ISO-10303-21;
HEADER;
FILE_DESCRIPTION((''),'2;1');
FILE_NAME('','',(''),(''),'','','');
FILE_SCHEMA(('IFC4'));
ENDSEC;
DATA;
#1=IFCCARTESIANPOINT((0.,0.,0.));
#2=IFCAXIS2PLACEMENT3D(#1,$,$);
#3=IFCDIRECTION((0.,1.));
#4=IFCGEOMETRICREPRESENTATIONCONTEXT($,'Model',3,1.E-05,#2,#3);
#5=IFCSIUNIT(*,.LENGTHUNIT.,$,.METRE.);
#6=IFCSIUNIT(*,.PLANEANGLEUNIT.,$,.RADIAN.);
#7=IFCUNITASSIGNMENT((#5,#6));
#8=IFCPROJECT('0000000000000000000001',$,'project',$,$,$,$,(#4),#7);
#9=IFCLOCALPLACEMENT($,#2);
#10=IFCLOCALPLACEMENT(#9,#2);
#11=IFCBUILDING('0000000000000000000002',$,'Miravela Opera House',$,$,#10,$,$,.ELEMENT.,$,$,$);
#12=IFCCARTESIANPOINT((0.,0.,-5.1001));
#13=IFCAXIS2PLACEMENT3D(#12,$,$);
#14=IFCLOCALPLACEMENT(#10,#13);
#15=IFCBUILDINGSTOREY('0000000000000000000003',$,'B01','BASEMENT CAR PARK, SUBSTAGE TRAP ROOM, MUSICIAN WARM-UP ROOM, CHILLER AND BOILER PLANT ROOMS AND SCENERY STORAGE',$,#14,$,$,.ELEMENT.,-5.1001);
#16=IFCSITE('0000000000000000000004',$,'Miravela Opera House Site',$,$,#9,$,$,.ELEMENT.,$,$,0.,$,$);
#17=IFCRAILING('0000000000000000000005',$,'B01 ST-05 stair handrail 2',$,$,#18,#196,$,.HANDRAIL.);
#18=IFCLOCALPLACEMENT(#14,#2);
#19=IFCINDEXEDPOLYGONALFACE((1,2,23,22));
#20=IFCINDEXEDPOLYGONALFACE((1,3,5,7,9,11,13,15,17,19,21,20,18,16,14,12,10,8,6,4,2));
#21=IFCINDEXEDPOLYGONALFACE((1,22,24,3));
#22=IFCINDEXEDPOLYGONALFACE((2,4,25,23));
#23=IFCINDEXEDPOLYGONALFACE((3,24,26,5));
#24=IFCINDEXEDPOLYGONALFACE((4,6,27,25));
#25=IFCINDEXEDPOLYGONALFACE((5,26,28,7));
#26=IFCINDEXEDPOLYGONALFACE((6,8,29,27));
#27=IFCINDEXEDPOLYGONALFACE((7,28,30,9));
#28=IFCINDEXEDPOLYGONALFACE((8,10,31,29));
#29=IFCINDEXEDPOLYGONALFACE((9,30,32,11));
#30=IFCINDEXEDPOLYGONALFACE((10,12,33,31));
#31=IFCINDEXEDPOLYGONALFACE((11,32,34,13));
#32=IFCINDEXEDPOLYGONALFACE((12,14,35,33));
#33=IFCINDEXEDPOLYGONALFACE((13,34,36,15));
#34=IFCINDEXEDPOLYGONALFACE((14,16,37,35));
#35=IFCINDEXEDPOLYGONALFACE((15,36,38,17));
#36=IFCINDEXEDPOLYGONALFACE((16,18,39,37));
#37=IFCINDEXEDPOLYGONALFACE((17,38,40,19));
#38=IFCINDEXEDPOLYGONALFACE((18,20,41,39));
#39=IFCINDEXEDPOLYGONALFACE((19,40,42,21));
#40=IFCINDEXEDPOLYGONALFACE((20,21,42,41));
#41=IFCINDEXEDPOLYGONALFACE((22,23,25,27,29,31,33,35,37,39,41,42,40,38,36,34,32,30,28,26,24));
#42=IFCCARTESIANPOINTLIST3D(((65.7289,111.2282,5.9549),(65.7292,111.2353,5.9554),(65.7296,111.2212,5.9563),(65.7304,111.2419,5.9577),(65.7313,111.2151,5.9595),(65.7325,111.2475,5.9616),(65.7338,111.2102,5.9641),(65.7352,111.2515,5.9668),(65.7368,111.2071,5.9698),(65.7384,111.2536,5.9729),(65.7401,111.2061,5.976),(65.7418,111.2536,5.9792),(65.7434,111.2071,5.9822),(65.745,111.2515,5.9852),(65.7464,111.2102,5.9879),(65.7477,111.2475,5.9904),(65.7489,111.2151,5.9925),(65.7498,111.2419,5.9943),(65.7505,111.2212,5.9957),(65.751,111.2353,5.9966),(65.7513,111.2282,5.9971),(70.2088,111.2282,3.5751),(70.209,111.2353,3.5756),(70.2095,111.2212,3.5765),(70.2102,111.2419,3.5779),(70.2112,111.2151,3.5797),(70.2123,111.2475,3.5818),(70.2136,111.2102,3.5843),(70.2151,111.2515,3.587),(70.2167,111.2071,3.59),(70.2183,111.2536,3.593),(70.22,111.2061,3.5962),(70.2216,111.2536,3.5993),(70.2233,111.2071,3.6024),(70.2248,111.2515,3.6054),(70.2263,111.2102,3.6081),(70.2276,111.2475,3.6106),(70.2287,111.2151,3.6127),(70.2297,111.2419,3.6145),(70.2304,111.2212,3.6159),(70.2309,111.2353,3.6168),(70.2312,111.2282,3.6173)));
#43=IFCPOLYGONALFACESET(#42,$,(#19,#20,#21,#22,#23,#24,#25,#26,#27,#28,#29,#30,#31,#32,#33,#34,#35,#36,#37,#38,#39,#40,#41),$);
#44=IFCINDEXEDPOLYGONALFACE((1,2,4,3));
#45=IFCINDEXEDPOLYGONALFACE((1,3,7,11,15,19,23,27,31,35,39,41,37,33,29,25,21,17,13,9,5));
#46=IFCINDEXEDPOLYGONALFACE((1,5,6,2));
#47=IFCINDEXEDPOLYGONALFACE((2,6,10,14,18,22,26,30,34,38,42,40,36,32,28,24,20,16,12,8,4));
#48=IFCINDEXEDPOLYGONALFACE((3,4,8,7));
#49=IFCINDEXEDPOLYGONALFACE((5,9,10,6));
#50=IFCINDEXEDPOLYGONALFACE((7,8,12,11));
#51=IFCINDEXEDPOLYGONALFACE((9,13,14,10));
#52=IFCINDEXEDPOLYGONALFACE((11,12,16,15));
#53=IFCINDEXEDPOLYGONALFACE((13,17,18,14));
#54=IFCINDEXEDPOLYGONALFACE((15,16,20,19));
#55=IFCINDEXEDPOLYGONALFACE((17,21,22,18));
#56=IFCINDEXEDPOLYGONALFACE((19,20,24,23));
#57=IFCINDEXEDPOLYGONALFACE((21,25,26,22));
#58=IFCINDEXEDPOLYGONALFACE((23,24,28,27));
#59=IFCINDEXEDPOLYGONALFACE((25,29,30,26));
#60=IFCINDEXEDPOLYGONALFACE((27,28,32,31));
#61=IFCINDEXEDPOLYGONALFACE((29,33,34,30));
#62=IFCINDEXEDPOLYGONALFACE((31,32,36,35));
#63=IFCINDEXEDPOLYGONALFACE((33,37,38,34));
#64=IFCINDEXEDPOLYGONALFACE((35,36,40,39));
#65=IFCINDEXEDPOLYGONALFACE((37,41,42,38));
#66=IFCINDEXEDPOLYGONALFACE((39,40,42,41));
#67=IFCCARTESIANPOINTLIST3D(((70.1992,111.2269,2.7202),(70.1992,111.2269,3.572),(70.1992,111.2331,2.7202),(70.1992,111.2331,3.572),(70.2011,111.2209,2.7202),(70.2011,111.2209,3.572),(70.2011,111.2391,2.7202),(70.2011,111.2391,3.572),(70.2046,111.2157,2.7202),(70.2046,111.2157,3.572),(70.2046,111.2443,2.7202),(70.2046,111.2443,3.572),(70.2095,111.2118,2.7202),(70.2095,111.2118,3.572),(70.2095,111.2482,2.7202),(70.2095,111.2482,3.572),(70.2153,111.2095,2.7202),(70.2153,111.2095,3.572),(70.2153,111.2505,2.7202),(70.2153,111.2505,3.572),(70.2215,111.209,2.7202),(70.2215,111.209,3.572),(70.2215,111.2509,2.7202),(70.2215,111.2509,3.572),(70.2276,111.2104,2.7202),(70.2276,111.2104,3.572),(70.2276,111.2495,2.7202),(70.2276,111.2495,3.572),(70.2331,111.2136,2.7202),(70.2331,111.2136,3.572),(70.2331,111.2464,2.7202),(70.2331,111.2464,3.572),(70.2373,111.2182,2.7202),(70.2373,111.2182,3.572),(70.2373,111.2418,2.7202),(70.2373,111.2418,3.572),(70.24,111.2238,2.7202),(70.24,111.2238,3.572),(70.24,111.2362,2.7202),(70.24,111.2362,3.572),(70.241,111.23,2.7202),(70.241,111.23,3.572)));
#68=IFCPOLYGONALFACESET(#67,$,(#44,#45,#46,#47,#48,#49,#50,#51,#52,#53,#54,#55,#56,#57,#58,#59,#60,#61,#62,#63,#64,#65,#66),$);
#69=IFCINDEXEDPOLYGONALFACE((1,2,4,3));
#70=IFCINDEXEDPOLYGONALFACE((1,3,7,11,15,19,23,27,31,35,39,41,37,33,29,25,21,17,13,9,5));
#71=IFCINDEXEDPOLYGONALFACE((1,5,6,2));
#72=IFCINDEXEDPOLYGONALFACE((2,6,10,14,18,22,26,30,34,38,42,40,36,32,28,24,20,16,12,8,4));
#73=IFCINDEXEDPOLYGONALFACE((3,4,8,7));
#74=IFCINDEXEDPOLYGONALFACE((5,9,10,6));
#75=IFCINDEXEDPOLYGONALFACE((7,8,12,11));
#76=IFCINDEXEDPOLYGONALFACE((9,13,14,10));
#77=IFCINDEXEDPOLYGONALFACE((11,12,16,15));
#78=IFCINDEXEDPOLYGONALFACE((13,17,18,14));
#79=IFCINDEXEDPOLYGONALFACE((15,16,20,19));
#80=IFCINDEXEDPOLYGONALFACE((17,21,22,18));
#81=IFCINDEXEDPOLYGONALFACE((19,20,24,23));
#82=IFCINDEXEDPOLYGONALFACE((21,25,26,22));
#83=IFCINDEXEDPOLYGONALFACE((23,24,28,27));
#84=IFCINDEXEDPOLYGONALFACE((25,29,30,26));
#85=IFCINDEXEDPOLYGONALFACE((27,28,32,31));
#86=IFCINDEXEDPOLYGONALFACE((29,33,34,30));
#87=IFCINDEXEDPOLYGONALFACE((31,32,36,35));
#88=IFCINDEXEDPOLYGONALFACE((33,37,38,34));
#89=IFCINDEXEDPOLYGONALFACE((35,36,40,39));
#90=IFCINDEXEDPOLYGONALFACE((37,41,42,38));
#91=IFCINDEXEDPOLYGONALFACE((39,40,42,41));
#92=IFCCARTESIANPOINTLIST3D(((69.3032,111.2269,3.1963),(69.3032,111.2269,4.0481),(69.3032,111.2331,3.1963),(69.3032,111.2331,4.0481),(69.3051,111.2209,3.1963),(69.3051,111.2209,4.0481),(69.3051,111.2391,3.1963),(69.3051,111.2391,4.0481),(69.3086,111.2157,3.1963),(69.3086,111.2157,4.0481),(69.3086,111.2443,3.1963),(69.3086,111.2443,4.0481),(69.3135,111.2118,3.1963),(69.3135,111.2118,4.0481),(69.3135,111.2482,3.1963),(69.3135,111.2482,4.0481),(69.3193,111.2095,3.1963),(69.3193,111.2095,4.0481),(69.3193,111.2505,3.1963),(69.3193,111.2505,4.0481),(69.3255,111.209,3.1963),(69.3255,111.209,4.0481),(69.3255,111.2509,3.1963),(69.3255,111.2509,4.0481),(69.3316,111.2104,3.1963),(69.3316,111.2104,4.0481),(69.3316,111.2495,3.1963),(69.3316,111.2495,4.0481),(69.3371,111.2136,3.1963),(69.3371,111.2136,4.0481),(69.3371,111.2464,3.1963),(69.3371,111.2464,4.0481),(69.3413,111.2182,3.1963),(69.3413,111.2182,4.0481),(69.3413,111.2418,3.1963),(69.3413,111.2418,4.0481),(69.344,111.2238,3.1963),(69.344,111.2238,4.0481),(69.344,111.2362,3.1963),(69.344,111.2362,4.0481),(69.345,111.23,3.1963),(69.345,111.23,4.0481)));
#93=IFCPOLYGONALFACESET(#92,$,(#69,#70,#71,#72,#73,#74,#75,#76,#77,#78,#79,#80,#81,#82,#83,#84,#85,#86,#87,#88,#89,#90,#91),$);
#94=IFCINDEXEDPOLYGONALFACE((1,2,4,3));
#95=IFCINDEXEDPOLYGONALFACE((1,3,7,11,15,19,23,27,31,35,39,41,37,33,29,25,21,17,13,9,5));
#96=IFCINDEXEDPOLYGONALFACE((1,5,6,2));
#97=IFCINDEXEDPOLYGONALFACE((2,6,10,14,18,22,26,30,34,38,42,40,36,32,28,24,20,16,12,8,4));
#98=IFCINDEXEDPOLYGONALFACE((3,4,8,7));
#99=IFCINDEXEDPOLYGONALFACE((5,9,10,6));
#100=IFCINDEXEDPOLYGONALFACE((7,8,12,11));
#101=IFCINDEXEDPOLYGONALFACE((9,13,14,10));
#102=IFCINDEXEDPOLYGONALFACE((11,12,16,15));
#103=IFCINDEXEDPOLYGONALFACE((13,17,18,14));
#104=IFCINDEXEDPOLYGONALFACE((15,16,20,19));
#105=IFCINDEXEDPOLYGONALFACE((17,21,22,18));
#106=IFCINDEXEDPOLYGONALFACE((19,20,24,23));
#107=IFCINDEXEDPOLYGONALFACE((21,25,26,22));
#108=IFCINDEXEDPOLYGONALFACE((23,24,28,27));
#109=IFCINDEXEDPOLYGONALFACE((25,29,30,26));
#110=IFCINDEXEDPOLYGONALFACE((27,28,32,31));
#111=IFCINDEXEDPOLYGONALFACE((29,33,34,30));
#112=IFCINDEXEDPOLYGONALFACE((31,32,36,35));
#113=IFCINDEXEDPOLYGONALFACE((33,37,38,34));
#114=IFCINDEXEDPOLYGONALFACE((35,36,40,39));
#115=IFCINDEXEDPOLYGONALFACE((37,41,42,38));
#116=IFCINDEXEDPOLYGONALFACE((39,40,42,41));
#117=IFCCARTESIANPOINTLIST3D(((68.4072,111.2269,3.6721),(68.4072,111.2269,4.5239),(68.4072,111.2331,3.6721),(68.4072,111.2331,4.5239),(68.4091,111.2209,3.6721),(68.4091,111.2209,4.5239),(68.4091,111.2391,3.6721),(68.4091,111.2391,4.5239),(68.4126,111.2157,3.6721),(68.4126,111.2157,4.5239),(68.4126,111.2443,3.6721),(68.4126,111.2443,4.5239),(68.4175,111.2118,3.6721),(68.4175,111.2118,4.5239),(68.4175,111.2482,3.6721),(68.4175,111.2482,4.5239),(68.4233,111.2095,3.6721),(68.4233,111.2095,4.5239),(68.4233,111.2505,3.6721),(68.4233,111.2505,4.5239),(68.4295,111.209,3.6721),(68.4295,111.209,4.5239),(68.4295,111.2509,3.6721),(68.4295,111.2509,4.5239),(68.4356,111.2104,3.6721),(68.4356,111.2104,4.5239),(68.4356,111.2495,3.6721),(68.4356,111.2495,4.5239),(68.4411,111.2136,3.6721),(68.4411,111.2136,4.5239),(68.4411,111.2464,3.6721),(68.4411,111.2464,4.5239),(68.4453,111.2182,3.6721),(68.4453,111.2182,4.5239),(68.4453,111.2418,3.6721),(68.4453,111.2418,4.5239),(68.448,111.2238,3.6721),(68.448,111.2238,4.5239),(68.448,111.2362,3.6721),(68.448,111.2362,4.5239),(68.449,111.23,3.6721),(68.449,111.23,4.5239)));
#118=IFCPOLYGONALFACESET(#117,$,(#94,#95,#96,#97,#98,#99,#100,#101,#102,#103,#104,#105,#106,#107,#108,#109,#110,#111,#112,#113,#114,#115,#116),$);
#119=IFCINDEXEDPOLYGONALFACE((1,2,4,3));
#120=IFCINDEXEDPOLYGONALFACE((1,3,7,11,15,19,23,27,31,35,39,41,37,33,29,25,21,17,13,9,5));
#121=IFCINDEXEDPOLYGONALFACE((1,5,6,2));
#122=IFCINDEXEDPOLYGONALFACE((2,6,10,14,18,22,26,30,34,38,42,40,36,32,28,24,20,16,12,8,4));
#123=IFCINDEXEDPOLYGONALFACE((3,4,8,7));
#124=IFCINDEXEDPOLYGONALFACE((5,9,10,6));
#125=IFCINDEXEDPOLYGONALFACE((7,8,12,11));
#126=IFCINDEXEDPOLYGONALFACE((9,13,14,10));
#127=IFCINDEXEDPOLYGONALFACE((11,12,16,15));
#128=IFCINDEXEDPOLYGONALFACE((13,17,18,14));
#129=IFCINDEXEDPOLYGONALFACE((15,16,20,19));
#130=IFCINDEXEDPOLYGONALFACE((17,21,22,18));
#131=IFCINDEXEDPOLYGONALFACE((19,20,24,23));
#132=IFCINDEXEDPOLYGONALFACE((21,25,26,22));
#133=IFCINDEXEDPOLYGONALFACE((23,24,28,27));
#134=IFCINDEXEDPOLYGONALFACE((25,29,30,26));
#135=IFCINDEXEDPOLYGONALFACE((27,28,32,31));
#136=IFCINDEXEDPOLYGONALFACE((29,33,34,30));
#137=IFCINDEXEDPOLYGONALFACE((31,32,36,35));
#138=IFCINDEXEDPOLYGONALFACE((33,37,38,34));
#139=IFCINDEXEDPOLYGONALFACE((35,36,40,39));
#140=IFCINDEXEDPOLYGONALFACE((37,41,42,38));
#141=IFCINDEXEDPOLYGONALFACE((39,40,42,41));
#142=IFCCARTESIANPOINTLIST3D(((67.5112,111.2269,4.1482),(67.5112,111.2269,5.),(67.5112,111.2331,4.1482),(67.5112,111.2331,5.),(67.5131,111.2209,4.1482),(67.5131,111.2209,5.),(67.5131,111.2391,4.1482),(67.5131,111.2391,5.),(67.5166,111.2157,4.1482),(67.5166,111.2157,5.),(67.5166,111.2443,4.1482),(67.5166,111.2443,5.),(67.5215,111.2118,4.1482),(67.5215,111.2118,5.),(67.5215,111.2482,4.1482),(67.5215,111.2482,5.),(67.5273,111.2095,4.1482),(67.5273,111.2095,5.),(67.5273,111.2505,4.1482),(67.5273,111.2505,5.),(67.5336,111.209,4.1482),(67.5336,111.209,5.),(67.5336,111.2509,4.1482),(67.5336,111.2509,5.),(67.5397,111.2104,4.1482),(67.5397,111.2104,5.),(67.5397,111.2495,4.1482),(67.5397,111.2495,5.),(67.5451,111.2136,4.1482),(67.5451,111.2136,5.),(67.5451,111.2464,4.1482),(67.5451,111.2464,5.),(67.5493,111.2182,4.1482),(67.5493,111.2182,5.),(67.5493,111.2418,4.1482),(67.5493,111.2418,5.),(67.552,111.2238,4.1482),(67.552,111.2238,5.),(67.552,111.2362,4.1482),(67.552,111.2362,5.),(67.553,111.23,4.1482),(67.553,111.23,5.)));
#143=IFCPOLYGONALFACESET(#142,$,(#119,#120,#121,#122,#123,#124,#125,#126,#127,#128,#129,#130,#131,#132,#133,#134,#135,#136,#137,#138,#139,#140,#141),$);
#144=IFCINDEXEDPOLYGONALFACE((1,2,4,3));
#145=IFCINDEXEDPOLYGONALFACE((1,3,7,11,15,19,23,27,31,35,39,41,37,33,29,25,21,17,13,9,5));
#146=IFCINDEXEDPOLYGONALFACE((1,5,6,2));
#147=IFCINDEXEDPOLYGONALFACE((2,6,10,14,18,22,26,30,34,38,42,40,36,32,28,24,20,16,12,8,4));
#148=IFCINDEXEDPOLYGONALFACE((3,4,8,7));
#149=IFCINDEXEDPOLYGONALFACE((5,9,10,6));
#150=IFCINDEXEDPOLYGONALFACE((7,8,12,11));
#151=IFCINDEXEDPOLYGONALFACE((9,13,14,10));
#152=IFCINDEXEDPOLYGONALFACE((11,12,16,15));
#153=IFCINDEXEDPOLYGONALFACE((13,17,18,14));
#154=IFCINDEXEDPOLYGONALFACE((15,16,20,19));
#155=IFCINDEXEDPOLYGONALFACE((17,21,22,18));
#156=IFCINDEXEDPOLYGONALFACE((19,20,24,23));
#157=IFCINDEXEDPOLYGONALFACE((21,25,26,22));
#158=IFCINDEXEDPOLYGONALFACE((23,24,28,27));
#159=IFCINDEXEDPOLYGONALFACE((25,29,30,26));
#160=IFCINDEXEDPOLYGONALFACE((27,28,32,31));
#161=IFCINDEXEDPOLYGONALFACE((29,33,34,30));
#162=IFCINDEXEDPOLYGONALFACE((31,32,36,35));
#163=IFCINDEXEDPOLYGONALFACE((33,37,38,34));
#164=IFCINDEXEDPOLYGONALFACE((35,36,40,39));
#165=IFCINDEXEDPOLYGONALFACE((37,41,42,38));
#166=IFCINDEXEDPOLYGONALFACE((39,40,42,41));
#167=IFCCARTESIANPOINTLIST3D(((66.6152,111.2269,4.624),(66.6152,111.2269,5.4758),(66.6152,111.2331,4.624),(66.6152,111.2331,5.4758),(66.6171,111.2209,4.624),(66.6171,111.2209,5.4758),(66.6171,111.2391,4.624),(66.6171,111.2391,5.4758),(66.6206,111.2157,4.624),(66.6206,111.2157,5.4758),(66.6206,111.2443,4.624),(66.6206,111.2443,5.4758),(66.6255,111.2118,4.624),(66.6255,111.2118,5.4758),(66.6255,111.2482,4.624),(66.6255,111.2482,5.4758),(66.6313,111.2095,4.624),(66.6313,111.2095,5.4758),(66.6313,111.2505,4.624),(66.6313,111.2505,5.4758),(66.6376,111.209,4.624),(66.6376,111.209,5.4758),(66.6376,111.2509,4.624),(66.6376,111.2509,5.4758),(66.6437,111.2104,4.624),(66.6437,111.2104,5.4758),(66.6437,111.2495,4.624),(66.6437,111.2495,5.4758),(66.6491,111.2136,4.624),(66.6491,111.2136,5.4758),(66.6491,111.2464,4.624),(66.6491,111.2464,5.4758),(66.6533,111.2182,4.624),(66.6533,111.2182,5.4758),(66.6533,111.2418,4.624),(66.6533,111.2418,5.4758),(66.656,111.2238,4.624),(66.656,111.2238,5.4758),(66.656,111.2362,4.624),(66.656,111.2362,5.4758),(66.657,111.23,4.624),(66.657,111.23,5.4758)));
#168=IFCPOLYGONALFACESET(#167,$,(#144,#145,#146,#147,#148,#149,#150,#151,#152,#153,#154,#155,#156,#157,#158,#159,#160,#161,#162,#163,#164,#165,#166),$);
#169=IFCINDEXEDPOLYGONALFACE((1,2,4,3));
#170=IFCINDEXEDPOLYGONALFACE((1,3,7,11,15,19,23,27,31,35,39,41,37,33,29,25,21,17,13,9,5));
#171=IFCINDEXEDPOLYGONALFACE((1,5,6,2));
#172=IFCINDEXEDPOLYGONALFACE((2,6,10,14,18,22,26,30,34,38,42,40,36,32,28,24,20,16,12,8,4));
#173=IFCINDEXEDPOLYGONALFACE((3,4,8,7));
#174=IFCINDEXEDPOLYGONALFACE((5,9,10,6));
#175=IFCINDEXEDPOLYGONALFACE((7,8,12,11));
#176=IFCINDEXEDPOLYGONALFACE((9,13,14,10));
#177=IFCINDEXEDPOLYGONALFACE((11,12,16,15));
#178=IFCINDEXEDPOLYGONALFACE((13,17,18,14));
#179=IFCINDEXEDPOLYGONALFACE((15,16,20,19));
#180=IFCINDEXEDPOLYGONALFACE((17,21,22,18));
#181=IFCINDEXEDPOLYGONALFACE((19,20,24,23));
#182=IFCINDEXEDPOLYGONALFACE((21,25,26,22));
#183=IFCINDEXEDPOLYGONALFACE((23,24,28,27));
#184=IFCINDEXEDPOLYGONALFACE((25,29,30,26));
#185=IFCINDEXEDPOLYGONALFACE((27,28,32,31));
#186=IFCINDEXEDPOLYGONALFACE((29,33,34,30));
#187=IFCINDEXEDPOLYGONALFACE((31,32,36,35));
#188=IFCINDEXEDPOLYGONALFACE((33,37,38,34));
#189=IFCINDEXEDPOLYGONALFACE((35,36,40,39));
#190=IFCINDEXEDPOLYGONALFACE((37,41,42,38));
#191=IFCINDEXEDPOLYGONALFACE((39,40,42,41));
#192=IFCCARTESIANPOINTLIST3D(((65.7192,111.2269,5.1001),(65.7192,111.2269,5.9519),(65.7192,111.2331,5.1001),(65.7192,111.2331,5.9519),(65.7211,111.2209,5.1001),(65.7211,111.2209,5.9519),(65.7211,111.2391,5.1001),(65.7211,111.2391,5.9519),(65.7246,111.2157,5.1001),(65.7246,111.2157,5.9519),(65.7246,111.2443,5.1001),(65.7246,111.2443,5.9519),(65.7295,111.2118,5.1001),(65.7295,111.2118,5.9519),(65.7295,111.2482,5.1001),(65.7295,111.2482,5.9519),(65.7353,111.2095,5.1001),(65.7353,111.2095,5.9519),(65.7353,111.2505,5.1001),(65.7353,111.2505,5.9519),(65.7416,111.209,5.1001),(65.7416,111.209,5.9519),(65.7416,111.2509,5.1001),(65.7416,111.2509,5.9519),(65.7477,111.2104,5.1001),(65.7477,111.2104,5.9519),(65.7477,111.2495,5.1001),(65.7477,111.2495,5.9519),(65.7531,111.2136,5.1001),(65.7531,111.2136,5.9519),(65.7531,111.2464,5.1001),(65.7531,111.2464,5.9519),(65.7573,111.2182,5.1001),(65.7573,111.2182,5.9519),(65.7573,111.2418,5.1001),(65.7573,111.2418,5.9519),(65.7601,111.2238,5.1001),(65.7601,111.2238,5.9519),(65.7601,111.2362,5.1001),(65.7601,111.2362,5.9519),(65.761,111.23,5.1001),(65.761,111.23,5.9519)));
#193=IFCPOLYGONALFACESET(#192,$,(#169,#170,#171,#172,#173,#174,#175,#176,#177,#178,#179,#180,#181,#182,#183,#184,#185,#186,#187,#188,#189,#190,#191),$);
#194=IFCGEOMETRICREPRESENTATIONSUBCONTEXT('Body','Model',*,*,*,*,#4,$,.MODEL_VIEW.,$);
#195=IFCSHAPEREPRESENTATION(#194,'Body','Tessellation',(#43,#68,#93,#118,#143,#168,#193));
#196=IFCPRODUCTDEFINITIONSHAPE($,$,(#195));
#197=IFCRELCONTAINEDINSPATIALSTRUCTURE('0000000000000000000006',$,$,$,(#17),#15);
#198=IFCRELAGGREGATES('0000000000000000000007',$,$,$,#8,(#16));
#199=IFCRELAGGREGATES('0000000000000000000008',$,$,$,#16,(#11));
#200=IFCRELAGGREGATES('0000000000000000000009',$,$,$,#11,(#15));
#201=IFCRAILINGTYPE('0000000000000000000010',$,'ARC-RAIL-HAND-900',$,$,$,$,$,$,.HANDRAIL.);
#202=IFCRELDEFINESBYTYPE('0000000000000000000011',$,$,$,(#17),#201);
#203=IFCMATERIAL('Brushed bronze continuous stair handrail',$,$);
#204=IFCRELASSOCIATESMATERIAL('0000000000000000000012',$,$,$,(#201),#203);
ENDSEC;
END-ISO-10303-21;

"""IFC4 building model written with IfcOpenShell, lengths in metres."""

from ifc_helpers import new_model, si_unit, direction, frame, origin, origin_2d, place, context, subcontext, project, spatial, circle, extrude, material, type_object, element, save


model = new_model("IFC4")

# Units and contexts
model_context = context("Model", 3, precision=1e-05, world=origin(), true_north=direction((0.0, 1.0)))
body_context = subcontext(model_context, "Body", "Model", "MODEL_VIEW")
ifc_project = project(units=[si_unit("LENGTHUNIT", "METRE"), si_unit("PLANEANGLEUNIT", "RADIAN")], contexts=[model_context])

# Site, building, storey
site_placement = place(None, origin())
site = spatial("IfcSite", under=ifc_project, at=site_placement, Name="Miravela Opera House Site", CompositionType="ELEMENT", RefElevation=0.0)
building_placement = place(site_placement, origin())
building = spatial("IfcBuilding", under=site, at=building_placement, Name="Miravela Opera House", CompositionType="ELEMENT")
storey_placement = place(building_placement, frame((0.0, 0.0, -5.1001)))
storey = spatial("IfcBuildingStorey", under=building, at=storey_placement, Name="B01", Description="BASEMENT CAR PARK, SUBSTAGE TRAP ROOM, MUSICIAN WARM-UP ROOM, CHILLER AND BOILER PLANT ROOMS AND SCENERY STORAGE", CompositionType="ELEMENT", Elevation=-5.1001)

# Railing
ifc_material_1 = material(Name="Brushed bronze continuous stair handrail")
railing_type_1 = type_object("IfcRailingType", Name="ARC-RAIL-HAND-900", PredefinedType="HANDRAIL", material=ifc_material_1)
railing_1_placement = place(storey_placement, frame((70.22, 111.23, 2.7202)))
element("IfcRailing", 1, at=railing_1_placement, inside=storey, type_object=railing_type_1, Name="B01 ST-05 stair handrail 2", PredefinedType="HANDRAIL", context=body_context, shape_type="SweptSolid", body=[
    extrude(circle(Radius=0.0239, at=origin_2d()), frame((0.0, 0.0, 0.876), z_axis=(-0.883124, 0.0, 0.469139), x_axis=(0.0, -1.0, 0.0)), (0.0, 0.0, 1.0), 5.0728),
    extrude(circle(Radius=0.021, at=origin_2d()), origin(), (0.0, 0.0, 1.0), 0.8518),
    extrude(circle(Radius=0.021, at=origin_2d()), frame((-0.896, 0.0, 0.4761)), (0.0, 0.0, 1.0), 0.8518),
    extrude(circle(Radius=0.021, at=origin_2d()), frame((-1.792, 0.0, 0.9519)), (0.0, 0.0, 1.0), 0.8518),
    extrude(circle(Radius=0.021, at=origin_2d()), frame((-2.688, 0.0, 1.428)), (0.0, 0.0, 1.0), 0.8518),
    extrude(circle(Radius=0.021, at=origin_2d()), frame((-3.584, 0.0, 1.9038)), (0.0, 0.0, 1.0), 0.8518),
    extrude(circle(Radius=0.021, at=origin_2d()), frame((-4.48, 0.0, 2.3799)), (0.0, 0.0, 1.0), 0.8518),
])

save(model, "model.ifc")
